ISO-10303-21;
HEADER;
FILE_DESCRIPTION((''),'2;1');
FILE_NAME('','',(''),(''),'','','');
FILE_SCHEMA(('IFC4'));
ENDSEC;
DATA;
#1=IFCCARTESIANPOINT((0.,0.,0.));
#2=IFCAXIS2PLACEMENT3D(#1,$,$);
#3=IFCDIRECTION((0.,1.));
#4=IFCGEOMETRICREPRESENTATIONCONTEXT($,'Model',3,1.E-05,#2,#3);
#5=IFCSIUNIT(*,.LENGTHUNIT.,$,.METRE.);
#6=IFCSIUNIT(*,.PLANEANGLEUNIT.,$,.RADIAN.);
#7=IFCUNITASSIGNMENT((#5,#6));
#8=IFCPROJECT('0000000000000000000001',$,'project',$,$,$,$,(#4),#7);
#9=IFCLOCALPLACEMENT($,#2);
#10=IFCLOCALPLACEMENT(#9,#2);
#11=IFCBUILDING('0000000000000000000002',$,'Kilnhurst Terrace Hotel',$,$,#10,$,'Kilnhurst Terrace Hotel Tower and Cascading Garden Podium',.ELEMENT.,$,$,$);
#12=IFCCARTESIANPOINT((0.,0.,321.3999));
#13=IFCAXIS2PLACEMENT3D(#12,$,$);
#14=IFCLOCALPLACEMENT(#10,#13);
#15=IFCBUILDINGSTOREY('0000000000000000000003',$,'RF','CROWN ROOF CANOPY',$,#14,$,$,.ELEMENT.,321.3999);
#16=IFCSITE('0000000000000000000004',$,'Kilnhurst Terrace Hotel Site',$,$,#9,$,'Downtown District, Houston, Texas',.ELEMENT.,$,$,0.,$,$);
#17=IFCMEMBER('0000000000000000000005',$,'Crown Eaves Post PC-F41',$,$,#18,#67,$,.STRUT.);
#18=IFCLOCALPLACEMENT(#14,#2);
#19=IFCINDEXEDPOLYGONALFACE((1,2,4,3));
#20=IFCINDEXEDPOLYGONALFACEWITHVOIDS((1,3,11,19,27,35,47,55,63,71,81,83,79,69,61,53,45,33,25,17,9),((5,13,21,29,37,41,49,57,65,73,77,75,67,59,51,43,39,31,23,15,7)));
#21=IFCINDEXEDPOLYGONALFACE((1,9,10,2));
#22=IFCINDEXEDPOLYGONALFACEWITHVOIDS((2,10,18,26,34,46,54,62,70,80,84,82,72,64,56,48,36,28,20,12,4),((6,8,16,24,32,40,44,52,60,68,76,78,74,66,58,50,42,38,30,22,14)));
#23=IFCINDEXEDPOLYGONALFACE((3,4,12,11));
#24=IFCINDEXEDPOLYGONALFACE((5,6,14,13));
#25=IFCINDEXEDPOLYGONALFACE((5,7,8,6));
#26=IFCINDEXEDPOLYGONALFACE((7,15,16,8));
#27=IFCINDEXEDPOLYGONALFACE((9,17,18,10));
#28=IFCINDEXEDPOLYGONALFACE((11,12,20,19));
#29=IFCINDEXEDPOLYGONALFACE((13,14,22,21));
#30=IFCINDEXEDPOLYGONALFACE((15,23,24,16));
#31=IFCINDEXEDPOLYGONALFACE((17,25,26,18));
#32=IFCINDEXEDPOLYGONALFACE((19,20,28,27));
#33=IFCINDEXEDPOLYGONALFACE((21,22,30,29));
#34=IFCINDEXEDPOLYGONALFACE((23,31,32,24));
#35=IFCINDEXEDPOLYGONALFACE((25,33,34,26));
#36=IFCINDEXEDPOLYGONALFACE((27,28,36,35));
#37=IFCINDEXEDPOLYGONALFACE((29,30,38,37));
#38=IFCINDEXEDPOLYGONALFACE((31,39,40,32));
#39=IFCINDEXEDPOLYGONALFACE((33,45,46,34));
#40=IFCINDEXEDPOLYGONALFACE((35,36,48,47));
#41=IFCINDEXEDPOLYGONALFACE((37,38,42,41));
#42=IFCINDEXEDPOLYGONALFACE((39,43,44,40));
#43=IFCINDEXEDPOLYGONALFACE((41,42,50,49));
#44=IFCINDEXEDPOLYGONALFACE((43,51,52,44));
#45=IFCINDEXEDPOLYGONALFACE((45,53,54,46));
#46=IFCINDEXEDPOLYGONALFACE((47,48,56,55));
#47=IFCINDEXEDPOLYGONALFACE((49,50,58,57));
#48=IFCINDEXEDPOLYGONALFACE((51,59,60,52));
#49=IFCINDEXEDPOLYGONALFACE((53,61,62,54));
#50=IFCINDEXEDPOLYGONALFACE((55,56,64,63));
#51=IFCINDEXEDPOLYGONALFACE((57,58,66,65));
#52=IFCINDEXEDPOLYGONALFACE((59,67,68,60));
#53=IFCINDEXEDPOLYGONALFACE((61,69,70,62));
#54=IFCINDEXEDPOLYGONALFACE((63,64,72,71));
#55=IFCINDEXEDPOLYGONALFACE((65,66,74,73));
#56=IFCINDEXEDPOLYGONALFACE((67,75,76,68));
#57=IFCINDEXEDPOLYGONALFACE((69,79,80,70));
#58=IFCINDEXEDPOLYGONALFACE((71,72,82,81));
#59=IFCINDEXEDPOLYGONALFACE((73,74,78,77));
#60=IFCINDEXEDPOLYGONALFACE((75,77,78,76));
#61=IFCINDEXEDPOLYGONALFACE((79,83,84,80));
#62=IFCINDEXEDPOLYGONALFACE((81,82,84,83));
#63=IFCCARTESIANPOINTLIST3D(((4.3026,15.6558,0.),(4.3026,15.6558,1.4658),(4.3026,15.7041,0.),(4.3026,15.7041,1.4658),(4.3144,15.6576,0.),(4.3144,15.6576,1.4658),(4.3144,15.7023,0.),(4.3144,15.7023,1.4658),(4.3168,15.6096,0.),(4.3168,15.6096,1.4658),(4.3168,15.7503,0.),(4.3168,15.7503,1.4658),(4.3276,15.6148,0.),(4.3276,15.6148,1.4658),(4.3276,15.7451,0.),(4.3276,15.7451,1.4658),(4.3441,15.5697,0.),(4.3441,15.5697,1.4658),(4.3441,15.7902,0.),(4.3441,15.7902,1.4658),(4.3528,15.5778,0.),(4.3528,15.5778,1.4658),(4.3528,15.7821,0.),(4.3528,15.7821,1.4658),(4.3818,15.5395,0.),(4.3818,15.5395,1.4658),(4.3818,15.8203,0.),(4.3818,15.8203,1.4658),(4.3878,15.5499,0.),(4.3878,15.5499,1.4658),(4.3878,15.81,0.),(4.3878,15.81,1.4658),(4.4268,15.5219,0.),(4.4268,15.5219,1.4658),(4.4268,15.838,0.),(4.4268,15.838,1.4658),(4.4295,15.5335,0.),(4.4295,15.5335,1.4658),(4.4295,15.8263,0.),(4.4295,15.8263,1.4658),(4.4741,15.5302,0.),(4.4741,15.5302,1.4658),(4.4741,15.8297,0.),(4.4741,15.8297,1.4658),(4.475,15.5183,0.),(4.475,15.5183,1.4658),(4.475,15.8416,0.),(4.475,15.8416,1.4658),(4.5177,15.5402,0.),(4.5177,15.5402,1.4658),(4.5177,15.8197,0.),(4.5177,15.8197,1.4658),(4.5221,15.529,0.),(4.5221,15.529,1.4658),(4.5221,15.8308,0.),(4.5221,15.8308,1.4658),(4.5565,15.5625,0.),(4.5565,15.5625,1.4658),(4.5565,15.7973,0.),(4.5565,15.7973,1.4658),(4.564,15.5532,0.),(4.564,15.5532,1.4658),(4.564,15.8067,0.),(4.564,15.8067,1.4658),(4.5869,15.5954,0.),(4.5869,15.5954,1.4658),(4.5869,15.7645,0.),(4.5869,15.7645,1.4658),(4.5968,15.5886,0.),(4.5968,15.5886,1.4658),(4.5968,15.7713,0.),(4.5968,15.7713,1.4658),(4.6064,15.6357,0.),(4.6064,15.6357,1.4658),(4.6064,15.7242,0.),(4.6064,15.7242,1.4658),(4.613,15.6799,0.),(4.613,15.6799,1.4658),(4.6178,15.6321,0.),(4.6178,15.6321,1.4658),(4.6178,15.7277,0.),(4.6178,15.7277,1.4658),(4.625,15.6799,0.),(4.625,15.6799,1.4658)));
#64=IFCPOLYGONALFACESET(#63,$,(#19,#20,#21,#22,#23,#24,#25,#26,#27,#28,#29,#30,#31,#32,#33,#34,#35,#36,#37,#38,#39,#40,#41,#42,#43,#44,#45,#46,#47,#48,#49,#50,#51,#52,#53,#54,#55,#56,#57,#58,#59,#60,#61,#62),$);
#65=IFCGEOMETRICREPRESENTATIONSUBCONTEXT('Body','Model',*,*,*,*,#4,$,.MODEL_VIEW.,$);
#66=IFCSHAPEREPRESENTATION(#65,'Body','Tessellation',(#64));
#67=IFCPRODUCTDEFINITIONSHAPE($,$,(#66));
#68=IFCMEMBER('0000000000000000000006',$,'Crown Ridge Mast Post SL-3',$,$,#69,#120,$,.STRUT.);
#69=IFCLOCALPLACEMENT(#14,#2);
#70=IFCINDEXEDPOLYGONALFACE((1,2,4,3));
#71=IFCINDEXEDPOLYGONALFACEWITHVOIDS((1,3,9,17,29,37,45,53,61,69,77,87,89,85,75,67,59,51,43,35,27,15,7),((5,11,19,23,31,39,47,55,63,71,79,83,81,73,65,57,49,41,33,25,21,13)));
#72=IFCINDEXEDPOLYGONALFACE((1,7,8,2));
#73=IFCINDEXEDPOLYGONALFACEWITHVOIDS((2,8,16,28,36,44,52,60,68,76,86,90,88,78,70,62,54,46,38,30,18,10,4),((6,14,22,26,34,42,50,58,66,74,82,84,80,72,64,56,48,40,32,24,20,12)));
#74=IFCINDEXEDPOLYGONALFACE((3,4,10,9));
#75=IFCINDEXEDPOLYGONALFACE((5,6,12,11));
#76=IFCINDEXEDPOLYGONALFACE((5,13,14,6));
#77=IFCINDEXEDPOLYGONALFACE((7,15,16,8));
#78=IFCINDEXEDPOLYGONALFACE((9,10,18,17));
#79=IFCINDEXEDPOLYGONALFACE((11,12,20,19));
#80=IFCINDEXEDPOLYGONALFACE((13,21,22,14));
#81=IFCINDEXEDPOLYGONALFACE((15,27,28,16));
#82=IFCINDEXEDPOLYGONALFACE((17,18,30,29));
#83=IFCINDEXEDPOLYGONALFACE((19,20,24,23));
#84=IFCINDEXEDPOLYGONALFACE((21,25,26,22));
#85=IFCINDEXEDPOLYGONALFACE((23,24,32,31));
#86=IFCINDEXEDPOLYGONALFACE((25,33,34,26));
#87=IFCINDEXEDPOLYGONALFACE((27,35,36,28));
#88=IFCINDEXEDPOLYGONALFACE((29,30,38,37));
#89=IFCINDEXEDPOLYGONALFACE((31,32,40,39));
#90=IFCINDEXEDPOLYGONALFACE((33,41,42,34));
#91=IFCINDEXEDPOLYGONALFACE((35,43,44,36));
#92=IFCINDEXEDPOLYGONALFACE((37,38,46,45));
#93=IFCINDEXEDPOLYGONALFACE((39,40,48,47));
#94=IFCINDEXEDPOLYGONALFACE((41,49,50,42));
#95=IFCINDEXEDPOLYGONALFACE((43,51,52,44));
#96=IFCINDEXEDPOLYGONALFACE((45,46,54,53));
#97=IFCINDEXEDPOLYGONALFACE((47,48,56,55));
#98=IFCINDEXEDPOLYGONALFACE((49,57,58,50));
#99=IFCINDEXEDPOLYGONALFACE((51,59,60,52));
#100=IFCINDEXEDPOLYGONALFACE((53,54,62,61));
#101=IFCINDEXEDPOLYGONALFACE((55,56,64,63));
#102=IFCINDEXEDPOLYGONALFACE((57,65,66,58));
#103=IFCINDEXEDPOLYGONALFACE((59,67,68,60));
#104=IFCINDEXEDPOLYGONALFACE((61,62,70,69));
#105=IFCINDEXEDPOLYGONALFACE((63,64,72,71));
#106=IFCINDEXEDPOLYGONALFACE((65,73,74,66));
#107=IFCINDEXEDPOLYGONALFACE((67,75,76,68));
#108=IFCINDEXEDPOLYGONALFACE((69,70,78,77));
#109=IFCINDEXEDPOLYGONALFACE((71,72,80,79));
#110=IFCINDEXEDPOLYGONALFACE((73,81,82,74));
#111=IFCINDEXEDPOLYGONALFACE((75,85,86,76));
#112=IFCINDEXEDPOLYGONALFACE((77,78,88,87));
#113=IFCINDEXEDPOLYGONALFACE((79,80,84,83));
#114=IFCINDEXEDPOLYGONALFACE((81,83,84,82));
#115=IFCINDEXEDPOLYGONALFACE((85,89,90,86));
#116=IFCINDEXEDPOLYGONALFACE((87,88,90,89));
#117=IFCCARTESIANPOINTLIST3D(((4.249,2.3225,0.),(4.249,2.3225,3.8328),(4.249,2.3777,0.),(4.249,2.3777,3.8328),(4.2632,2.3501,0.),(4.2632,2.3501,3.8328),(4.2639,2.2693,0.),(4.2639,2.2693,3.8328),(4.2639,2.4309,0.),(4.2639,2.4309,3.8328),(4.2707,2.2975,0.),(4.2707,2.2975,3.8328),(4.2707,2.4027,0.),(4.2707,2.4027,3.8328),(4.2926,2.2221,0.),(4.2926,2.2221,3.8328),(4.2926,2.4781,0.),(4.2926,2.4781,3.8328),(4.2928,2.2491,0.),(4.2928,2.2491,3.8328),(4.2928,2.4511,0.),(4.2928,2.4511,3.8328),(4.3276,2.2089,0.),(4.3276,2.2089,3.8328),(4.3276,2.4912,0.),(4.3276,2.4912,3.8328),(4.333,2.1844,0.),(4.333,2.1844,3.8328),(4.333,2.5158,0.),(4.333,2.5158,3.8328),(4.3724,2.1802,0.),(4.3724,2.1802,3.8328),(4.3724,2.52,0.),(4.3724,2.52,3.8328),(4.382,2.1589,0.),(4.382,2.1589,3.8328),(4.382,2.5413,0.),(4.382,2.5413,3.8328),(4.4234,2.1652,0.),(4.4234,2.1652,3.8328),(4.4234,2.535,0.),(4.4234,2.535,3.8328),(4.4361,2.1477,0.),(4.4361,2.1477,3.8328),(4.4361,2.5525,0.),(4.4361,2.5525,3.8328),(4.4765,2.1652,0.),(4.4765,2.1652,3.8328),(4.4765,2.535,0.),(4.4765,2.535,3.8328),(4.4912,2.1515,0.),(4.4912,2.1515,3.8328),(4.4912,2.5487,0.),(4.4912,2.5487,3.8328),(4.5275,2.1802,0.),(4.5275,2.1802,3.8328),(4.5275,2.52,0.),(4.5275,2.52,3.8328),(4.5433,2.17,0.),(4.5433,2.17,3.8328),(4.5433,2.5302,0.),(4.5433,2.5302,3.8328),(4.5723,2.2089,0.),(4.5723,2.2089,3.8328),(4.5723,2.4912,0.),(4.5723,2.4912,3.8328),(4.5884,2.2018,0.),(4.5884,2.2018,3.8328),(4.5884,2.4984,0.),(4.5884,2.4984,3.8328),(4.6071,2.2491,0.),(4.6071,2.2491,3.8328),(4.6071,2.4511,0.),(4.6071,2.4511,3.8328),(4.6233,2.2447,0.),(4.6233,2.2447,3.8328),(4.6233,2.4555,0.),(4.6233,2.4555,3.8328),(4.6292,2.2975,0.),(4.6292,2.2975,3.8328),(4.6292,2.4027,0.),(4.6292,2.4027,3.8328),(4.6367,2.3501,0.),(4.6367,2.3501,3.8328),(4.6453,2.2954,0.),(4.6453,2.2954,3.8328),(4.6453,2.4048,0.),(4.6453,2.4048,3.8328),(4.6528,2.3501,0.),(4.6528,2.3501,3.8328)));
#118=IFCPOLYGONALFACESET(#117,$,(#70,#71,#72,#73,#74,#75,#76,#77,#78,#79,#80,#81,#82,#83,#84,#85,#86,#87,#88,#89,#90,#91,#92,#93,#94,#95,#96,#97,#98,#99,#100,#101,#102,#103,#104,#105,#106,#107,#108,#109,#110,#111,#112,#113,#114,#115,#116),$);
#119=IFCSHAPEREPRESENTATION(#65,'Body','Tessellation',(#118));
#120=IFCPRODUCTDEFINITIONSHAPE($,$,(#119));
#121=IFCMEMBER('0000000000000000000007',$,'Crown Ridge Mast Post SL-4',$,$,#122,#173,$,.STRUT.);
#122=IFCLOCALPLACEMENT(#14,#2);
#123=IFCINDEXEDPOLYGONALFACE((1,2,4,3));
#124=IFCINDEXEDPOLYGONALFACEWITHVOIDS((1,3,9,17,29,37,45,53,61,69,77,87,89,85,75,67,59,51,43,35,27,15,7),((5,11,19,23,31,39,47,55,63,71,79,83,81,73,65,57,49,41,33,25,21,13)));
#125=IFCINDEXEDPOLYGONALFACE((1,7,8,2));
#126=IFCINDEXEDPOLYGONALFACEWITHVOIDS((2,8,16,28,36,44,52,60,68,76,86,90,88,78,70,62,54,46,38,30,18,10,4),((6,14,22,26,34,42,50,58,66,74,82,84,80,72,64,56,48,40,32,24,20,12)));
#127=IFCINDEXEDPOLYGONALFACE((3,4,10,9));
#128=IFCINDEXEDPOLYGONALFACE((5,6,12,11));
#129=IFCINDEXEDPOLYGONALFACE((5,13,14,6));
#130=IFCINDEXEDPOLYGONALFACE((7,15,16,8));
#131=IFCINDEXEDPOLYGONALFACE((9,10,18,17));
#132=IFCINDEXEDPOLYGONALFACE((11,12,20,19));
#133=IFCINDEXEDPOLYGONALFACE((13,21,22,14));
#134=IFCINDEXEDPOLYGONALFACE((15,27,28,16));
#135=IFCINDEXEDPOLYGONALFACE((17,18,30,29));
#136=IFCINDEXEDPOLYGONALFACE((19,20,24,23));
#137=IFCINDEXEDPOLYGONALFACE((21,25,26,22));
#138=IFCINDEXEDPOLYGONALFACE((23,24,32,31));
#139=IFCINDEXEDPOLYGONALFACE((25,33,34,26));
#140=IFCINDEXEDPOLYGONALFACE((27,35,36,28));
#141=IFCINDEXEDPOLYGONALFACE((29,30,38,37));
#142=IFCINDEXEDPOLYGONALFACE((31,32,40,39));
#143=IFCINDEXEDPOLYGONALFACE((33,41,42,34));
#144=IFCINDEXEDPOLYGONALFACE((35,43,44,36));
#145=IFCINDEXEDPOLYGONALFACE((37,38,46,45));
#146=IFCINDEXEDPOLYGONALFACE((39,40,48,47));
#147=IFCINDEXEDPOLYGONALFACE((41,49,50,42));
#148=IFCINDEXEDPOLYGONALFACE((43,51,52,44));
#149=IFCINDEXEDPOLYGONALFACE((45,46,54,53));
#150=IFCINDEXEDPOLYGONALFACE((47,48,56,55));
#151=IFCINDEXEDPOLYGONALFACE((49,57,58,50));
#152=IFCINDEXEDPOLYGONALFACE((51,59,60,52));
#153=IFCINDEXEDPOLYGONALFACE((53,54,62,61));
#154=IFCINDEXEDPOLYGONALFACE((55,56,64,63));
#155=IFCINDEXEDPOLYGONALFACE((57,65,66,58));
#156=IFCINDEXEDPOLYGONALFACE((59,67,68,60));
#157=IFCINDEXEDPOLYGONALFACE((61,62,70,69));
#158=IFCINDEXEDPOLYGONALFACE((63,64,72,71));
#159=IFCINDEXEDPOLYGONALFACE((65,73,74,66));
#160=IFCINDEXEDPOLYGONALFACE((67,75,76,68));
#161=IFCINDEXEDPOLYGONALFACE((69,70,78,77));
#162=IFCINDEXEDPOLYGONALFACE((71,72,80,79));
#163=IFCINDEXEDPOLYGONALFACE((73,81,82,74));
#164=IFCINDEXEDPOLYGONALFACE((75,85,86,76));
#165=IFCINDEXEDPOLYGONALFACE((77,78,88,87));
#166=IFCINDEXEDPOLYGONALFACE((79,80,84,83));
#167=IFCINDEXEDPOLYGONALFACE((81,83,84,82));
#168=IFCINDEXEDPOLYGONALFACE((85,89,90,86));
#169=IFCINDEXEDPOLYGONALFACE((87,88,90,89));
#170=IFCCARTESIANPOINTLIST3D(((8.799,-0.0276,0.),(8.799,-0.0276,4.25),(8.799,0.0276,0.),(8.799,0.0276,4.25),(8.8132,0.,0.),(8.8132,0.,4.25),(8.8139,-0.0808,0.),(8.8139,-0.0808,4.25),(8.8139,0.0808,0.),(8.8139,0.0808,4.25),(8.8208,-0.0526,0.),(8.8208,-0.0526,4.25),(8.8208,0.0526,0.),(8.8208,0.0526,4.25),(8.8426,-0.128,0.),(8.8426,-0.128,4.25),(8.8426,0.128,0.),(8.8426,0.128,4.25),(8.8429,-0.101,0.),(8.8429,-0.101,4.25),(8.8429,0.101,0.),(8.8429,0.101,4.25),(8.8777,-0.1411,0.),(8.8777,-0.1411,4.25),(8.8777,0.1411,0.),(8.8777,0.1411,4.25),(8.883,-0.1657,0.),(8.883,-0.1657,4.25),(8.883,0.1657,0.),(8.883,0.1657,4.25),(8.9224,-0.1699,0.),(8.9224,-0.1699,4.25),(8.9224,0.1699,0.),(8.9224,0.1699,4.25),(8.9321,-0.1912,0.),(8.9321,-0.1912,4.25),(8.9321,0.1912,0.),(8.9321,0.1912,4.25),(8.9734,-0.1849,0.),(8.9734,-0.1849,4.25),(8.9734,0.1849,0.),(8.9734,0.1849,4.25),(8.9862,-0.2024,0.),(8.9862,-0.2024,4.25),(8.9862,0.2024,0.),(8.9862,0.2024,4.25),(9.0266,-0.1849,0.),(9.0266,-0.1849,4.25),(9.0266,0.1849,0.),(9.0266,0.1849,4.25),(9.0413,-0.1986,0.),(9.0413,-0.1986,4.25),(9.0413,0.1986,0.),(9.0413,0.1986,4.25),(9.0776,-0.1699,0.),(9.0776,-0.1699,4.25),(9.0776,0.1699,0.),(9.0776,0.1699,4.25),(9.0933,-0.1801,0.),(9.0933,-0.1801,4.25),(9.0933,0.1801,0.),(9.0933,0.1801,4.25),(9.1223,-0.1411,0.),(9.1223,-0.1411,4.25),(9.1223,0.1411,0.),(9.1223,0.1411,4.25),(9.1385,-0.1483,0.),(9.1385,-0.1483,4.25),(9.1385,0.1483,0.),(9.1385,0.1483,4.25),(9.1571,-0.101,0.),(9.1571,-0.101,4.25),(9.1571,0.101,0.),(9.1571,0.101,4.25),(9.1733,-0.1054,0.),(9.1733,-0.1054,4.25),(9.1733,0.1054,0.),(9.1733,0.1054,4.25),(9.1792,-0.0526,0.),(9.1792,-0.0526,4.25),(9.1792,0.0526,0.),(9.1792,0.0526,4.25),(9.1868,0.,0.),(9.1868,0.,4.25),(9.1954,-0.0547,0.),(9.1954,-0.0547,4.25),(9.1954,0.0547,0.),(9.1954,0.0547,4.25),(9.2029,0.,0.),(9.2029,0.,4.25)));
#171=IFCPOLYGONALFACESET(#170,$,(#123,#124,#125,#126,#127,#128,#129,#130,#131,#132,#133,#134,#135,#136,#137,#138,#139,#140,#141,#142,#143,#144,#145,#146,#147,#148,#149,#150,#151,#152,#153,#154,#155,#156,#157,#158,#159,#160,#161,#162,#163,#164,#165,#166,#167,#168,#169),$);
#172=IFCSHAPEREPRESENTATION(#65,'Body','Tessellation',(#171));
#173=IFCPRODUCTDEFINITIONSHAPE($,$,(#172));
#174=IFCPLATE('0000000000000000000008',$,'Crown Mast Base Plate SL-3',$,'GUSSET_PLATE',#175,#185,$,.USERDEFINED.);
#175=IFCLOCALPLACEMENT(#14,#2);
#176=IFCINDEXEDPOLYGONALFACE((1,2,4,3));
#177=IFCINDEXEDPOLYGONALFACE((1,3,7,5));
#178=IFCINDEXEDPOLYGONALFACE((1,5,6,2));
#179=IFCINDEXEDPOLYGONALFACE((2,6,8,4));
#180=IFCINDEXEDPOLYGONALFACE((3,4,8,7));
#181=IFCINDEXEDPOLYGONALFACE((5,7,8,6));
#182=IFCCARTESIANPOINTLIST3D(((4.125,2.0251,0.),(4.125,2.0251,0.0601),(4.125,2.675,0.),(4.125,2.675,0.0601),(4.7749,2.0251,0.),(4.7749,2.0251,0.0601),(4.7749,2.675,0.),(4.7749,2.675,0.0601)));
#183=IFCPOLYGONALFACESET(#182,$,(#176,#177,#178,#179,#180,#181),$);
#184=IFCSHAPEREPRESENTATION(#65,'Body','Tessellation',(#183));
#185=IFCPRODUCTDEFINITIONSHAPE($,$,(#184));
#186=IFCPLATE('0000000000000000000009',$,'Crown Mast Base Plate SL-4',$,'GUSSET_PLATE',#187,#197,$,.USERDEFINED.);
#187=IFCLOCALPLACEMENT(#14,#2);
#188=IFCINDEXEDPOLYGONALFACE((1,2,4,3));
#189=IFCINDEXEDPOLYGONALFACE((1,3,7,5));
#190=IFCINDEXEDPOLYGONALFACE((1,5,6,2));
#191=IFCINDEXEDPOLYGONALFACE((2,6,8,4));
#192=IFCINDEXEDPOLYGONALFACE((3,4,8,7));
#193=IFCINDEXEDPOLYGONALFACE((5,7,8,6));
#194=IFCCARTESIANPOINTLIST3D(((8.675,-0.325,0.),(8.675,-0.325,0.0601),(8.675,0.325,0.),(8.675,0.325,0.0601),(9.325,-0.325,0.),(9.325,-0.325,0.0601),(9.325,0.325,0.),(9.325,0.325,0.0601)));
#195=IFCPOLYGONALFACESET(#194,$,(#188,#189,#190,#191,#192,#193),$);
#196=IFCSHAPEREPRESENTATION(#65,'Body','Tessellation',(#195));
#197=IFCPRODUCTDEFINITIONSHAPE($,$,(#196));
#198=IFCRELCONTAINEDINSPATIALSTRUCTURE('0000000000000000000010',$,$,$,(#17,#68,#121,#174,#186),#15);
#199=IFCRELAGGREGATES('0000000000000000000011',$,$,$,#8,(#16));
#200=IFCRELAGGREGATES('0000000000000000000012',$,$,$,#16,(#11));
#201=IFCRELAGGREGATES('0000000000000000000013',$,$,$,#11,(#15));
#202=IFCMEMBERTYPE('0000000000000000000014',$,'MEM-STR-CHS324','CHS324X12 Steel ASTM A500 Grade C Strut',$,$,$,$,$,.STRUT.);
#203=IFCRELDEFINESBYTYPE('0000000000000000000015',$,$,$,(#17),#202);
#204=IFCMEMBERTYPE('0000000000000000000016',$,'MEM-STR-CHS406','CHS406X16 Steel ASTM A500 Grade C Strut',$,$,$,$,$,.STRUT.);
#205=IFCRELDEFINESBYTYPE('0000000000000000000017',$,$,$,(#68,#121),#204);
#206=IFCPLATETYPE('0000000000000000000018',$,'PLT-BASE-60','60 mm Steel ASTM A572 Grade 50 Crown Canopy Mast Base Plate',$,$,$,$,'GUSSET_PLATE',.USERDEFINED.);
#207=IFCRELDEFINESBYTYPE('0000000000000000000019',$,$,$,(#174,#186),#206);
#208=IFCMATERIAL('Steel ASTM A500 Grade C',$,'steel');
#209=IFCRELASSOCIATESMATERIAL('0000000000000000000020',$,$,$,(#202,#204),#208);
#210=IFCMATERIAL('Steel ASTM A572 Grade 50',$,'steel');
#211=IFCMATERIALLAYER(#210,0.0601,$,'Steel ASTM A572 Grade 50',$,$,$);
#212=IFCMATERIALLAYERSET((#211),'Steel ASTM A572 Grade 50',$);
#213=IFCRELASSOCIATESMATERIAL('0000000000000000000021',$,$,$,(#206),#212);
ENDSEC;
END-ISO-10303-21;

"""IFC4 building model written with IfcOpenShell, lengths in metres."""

from ifc_helpers import new_model, si_unit, direction, frame, origin, origin_2d, place, context, subcontext, project, spatial, rectangle, hollow_circle, extrude, material, layer, layer_set, material_profile, profile_set, type_object, element, save


model = new_model("IFC4")

# Units and contexts
model_context = context("Model", 3, precision=1e-05, world=origin(), true_north=direction((0.0, 1.0)))
body_context = subcontext(model_context, "Body", "Model", "MODEL_VIEW")
ifc_project = project(units=[si_unit("LENGTHUNIT", "METRE"), si_unit("PLANEANGLEUNIT", "RADIAN")], contexts=[model_context])

# Site, building, storey
site_placement = place(None, origin())
site = spatial("IfcSite", under=ifc_project, at=site_placement, Name="Kilnhurst Terrace Hotel Site", LongName="Downtown District, Houston, Texas", CompositionType="ELEMENT", RefElevation=0.0)
building_placement = place(site_placement, origin())
building = spatial("IfcBuilding", under=site, at=building_placement, Name="Kilnhurst Terrace Hotel", LongName="Kilnhurst Terrace Hotel Tower and Cascading Garden Podium", CompositionType="ELEMENT")
storey_placement = place(building_placement, frame((0.0, 0.0, 321.3999)))
storey = spatial("IfcBuildingStorey", under=building, at=storey_placement, Name="RF", Description="CROWN ROOF CANOPY", CompositionType="ELEMENT", Elevation=321.3999)

# Members
ifc_material_1 = material(Name="Steel ASTM A500 Grade C", Category="steel")
ifc_material_profile_1 = material_profile(ifc_material_1, hollow_circle(Radius=0.1621, WallThickness=0.012, at=origin_2d()), Name="CHS324X12")
ifc_profile_set_1 = profile_set([ifc_material_profile_1], Name="Steel ASTM A500 Grade C")
member_type_1 = type_object("IfcMemberType", Name="MEM-STR-CHS324", Description="CHS324X12 Steel ASTM A500 Grade C Strut", PredefinedType="STRUT", material=ifc_profile_set_1)
for number, where, z_axis, x_axis, name in (
    (1, (4.4629, 15.6799, 0.0), (0.0, 0.0, 1.0), (1.0, 0.0, 0.0), "Crown Eaves Post PC-F41"),
):
    element("IfcMember", number, at=place(storey_placement, frame(where, z_axis=z_axis, x_axis=x_axis)), inside=storey, type_object=member_type_1, Name=name, PredefinedType="STRUT", context=body_context, shape_type="SweptSolid", body=[
        extrude(hollow_circle(Radius=0.1621, WallThickness=0.012, at=origin_2d()), origin(), (0.0, 0.0, 1.0), 1.4658),
    ])
ifc_material_profile_2 = material_profile(ifc_material_1, hollow_circle(Radius=0.2029, WallThickness=0.0161, at=origin_2d()), Name="CHS406X16")
ifc_profile_set_2 = profile_set([ifc_material_profile_2], Name="Steel ASTM A500 Grade C")
member_type_2 = type_object("IfcMemberType", Name="MEM-STR-CHS406", Description="CHS406X16 Steel ASTM A500 Grade C Strut", PredefinedType="STRUT", material=ifc_profile_set_2)
member_1_placement = place(storey_placement, frame((4.45, 2.3501, 0.0), z_axis=(0.0, 0.0, 1.0), x_axis=(1.0, 0.0, 0.0)))
element("IfcMember", 2, at=member_1_placement, inside=storey, type_object=member_type_2, Name="Crown Ridge Mast Post SL-3", PredefinedType="STRUT", context=body_context, shape_type="SweptSolid", body=[
    extrude(hollow_circle(Radius=0.2029, WallThickness=0.0161, at=origin_2d()), origin(), (0.0, 0.0, 1.0), 3.8328),
])
member_2_placement = place(storey_placement, frame((9.0, 0.0, 0.0), z_axis=(0.0, 0.0, 1.0), x_axis=(1.0, 0.0, 0.0)))
element("IfcMember", 3, at=member_2_placement, inside=storey, type_object=member_type_2, Name="Crown Ridge Mast Post SL-4", PredefinedType="STRUT", context=body_context, shape_type="SweptSolid", body=[
    extrude(hollow_circle(Radius=0.2029, WallThickness=0.0161, at=origin_2d()), origin(), (0.0, 0.0, 1.0), 4.25),
])

# Plates
ifc_material_2 = material(Name="Steel ASTM A572 Grade 50", Category="steel")
ifc_layer_1 = layer(ifc_material_2, 0.0601, Name="Steel ASTM A572 Grade 50")
ifc_layer_set_1 = layer_set([ifc_layer_1], Name="Steel ASTM A572 Grade 50")
plate_type = type_object("IfcPlateType", Name="PLT-BASE-60", Description="60 mm Steel ASTM A572 Grade 50 Crown Canopy Mast Base Plate", ElementType="GUSSET_PLATE", PredefinedType="USERDEFINED", material=ifc_layer_set_1)
for number, where, z_axis, x_axis, name in (
    (4, (4.45, 2.3501, 0.0), (0.0, 0.0, 1.0), (1.0, 0.0, 0.0), "Crown Mast Base Plate SL-3"),
    (5, (9.0, 0.0, 0.0), (0.0, 0.0, 1.0), (1.0, 0.0, 0.0), "Crown Mast Base Plate SL-4"),
):
    element("IfcPlate", number, at=place(storey_placement, frame(where, z_axis=z_axis, x_axis=x_axis)), inside=storey, type_object=plate_type, Name=name, ObjectType="GUSSET_PLATE", PredefinedType="USERDEFINED", context=body_context, shape_type="SweptSolid", body=[
        extrude(rectangle(XDim=0.6499, YDim=0.6499, at=origin_2d()), origin(), (0.0, 0.0, 1.0), 0.0601),
    ])

save(model, "model.ifc")
